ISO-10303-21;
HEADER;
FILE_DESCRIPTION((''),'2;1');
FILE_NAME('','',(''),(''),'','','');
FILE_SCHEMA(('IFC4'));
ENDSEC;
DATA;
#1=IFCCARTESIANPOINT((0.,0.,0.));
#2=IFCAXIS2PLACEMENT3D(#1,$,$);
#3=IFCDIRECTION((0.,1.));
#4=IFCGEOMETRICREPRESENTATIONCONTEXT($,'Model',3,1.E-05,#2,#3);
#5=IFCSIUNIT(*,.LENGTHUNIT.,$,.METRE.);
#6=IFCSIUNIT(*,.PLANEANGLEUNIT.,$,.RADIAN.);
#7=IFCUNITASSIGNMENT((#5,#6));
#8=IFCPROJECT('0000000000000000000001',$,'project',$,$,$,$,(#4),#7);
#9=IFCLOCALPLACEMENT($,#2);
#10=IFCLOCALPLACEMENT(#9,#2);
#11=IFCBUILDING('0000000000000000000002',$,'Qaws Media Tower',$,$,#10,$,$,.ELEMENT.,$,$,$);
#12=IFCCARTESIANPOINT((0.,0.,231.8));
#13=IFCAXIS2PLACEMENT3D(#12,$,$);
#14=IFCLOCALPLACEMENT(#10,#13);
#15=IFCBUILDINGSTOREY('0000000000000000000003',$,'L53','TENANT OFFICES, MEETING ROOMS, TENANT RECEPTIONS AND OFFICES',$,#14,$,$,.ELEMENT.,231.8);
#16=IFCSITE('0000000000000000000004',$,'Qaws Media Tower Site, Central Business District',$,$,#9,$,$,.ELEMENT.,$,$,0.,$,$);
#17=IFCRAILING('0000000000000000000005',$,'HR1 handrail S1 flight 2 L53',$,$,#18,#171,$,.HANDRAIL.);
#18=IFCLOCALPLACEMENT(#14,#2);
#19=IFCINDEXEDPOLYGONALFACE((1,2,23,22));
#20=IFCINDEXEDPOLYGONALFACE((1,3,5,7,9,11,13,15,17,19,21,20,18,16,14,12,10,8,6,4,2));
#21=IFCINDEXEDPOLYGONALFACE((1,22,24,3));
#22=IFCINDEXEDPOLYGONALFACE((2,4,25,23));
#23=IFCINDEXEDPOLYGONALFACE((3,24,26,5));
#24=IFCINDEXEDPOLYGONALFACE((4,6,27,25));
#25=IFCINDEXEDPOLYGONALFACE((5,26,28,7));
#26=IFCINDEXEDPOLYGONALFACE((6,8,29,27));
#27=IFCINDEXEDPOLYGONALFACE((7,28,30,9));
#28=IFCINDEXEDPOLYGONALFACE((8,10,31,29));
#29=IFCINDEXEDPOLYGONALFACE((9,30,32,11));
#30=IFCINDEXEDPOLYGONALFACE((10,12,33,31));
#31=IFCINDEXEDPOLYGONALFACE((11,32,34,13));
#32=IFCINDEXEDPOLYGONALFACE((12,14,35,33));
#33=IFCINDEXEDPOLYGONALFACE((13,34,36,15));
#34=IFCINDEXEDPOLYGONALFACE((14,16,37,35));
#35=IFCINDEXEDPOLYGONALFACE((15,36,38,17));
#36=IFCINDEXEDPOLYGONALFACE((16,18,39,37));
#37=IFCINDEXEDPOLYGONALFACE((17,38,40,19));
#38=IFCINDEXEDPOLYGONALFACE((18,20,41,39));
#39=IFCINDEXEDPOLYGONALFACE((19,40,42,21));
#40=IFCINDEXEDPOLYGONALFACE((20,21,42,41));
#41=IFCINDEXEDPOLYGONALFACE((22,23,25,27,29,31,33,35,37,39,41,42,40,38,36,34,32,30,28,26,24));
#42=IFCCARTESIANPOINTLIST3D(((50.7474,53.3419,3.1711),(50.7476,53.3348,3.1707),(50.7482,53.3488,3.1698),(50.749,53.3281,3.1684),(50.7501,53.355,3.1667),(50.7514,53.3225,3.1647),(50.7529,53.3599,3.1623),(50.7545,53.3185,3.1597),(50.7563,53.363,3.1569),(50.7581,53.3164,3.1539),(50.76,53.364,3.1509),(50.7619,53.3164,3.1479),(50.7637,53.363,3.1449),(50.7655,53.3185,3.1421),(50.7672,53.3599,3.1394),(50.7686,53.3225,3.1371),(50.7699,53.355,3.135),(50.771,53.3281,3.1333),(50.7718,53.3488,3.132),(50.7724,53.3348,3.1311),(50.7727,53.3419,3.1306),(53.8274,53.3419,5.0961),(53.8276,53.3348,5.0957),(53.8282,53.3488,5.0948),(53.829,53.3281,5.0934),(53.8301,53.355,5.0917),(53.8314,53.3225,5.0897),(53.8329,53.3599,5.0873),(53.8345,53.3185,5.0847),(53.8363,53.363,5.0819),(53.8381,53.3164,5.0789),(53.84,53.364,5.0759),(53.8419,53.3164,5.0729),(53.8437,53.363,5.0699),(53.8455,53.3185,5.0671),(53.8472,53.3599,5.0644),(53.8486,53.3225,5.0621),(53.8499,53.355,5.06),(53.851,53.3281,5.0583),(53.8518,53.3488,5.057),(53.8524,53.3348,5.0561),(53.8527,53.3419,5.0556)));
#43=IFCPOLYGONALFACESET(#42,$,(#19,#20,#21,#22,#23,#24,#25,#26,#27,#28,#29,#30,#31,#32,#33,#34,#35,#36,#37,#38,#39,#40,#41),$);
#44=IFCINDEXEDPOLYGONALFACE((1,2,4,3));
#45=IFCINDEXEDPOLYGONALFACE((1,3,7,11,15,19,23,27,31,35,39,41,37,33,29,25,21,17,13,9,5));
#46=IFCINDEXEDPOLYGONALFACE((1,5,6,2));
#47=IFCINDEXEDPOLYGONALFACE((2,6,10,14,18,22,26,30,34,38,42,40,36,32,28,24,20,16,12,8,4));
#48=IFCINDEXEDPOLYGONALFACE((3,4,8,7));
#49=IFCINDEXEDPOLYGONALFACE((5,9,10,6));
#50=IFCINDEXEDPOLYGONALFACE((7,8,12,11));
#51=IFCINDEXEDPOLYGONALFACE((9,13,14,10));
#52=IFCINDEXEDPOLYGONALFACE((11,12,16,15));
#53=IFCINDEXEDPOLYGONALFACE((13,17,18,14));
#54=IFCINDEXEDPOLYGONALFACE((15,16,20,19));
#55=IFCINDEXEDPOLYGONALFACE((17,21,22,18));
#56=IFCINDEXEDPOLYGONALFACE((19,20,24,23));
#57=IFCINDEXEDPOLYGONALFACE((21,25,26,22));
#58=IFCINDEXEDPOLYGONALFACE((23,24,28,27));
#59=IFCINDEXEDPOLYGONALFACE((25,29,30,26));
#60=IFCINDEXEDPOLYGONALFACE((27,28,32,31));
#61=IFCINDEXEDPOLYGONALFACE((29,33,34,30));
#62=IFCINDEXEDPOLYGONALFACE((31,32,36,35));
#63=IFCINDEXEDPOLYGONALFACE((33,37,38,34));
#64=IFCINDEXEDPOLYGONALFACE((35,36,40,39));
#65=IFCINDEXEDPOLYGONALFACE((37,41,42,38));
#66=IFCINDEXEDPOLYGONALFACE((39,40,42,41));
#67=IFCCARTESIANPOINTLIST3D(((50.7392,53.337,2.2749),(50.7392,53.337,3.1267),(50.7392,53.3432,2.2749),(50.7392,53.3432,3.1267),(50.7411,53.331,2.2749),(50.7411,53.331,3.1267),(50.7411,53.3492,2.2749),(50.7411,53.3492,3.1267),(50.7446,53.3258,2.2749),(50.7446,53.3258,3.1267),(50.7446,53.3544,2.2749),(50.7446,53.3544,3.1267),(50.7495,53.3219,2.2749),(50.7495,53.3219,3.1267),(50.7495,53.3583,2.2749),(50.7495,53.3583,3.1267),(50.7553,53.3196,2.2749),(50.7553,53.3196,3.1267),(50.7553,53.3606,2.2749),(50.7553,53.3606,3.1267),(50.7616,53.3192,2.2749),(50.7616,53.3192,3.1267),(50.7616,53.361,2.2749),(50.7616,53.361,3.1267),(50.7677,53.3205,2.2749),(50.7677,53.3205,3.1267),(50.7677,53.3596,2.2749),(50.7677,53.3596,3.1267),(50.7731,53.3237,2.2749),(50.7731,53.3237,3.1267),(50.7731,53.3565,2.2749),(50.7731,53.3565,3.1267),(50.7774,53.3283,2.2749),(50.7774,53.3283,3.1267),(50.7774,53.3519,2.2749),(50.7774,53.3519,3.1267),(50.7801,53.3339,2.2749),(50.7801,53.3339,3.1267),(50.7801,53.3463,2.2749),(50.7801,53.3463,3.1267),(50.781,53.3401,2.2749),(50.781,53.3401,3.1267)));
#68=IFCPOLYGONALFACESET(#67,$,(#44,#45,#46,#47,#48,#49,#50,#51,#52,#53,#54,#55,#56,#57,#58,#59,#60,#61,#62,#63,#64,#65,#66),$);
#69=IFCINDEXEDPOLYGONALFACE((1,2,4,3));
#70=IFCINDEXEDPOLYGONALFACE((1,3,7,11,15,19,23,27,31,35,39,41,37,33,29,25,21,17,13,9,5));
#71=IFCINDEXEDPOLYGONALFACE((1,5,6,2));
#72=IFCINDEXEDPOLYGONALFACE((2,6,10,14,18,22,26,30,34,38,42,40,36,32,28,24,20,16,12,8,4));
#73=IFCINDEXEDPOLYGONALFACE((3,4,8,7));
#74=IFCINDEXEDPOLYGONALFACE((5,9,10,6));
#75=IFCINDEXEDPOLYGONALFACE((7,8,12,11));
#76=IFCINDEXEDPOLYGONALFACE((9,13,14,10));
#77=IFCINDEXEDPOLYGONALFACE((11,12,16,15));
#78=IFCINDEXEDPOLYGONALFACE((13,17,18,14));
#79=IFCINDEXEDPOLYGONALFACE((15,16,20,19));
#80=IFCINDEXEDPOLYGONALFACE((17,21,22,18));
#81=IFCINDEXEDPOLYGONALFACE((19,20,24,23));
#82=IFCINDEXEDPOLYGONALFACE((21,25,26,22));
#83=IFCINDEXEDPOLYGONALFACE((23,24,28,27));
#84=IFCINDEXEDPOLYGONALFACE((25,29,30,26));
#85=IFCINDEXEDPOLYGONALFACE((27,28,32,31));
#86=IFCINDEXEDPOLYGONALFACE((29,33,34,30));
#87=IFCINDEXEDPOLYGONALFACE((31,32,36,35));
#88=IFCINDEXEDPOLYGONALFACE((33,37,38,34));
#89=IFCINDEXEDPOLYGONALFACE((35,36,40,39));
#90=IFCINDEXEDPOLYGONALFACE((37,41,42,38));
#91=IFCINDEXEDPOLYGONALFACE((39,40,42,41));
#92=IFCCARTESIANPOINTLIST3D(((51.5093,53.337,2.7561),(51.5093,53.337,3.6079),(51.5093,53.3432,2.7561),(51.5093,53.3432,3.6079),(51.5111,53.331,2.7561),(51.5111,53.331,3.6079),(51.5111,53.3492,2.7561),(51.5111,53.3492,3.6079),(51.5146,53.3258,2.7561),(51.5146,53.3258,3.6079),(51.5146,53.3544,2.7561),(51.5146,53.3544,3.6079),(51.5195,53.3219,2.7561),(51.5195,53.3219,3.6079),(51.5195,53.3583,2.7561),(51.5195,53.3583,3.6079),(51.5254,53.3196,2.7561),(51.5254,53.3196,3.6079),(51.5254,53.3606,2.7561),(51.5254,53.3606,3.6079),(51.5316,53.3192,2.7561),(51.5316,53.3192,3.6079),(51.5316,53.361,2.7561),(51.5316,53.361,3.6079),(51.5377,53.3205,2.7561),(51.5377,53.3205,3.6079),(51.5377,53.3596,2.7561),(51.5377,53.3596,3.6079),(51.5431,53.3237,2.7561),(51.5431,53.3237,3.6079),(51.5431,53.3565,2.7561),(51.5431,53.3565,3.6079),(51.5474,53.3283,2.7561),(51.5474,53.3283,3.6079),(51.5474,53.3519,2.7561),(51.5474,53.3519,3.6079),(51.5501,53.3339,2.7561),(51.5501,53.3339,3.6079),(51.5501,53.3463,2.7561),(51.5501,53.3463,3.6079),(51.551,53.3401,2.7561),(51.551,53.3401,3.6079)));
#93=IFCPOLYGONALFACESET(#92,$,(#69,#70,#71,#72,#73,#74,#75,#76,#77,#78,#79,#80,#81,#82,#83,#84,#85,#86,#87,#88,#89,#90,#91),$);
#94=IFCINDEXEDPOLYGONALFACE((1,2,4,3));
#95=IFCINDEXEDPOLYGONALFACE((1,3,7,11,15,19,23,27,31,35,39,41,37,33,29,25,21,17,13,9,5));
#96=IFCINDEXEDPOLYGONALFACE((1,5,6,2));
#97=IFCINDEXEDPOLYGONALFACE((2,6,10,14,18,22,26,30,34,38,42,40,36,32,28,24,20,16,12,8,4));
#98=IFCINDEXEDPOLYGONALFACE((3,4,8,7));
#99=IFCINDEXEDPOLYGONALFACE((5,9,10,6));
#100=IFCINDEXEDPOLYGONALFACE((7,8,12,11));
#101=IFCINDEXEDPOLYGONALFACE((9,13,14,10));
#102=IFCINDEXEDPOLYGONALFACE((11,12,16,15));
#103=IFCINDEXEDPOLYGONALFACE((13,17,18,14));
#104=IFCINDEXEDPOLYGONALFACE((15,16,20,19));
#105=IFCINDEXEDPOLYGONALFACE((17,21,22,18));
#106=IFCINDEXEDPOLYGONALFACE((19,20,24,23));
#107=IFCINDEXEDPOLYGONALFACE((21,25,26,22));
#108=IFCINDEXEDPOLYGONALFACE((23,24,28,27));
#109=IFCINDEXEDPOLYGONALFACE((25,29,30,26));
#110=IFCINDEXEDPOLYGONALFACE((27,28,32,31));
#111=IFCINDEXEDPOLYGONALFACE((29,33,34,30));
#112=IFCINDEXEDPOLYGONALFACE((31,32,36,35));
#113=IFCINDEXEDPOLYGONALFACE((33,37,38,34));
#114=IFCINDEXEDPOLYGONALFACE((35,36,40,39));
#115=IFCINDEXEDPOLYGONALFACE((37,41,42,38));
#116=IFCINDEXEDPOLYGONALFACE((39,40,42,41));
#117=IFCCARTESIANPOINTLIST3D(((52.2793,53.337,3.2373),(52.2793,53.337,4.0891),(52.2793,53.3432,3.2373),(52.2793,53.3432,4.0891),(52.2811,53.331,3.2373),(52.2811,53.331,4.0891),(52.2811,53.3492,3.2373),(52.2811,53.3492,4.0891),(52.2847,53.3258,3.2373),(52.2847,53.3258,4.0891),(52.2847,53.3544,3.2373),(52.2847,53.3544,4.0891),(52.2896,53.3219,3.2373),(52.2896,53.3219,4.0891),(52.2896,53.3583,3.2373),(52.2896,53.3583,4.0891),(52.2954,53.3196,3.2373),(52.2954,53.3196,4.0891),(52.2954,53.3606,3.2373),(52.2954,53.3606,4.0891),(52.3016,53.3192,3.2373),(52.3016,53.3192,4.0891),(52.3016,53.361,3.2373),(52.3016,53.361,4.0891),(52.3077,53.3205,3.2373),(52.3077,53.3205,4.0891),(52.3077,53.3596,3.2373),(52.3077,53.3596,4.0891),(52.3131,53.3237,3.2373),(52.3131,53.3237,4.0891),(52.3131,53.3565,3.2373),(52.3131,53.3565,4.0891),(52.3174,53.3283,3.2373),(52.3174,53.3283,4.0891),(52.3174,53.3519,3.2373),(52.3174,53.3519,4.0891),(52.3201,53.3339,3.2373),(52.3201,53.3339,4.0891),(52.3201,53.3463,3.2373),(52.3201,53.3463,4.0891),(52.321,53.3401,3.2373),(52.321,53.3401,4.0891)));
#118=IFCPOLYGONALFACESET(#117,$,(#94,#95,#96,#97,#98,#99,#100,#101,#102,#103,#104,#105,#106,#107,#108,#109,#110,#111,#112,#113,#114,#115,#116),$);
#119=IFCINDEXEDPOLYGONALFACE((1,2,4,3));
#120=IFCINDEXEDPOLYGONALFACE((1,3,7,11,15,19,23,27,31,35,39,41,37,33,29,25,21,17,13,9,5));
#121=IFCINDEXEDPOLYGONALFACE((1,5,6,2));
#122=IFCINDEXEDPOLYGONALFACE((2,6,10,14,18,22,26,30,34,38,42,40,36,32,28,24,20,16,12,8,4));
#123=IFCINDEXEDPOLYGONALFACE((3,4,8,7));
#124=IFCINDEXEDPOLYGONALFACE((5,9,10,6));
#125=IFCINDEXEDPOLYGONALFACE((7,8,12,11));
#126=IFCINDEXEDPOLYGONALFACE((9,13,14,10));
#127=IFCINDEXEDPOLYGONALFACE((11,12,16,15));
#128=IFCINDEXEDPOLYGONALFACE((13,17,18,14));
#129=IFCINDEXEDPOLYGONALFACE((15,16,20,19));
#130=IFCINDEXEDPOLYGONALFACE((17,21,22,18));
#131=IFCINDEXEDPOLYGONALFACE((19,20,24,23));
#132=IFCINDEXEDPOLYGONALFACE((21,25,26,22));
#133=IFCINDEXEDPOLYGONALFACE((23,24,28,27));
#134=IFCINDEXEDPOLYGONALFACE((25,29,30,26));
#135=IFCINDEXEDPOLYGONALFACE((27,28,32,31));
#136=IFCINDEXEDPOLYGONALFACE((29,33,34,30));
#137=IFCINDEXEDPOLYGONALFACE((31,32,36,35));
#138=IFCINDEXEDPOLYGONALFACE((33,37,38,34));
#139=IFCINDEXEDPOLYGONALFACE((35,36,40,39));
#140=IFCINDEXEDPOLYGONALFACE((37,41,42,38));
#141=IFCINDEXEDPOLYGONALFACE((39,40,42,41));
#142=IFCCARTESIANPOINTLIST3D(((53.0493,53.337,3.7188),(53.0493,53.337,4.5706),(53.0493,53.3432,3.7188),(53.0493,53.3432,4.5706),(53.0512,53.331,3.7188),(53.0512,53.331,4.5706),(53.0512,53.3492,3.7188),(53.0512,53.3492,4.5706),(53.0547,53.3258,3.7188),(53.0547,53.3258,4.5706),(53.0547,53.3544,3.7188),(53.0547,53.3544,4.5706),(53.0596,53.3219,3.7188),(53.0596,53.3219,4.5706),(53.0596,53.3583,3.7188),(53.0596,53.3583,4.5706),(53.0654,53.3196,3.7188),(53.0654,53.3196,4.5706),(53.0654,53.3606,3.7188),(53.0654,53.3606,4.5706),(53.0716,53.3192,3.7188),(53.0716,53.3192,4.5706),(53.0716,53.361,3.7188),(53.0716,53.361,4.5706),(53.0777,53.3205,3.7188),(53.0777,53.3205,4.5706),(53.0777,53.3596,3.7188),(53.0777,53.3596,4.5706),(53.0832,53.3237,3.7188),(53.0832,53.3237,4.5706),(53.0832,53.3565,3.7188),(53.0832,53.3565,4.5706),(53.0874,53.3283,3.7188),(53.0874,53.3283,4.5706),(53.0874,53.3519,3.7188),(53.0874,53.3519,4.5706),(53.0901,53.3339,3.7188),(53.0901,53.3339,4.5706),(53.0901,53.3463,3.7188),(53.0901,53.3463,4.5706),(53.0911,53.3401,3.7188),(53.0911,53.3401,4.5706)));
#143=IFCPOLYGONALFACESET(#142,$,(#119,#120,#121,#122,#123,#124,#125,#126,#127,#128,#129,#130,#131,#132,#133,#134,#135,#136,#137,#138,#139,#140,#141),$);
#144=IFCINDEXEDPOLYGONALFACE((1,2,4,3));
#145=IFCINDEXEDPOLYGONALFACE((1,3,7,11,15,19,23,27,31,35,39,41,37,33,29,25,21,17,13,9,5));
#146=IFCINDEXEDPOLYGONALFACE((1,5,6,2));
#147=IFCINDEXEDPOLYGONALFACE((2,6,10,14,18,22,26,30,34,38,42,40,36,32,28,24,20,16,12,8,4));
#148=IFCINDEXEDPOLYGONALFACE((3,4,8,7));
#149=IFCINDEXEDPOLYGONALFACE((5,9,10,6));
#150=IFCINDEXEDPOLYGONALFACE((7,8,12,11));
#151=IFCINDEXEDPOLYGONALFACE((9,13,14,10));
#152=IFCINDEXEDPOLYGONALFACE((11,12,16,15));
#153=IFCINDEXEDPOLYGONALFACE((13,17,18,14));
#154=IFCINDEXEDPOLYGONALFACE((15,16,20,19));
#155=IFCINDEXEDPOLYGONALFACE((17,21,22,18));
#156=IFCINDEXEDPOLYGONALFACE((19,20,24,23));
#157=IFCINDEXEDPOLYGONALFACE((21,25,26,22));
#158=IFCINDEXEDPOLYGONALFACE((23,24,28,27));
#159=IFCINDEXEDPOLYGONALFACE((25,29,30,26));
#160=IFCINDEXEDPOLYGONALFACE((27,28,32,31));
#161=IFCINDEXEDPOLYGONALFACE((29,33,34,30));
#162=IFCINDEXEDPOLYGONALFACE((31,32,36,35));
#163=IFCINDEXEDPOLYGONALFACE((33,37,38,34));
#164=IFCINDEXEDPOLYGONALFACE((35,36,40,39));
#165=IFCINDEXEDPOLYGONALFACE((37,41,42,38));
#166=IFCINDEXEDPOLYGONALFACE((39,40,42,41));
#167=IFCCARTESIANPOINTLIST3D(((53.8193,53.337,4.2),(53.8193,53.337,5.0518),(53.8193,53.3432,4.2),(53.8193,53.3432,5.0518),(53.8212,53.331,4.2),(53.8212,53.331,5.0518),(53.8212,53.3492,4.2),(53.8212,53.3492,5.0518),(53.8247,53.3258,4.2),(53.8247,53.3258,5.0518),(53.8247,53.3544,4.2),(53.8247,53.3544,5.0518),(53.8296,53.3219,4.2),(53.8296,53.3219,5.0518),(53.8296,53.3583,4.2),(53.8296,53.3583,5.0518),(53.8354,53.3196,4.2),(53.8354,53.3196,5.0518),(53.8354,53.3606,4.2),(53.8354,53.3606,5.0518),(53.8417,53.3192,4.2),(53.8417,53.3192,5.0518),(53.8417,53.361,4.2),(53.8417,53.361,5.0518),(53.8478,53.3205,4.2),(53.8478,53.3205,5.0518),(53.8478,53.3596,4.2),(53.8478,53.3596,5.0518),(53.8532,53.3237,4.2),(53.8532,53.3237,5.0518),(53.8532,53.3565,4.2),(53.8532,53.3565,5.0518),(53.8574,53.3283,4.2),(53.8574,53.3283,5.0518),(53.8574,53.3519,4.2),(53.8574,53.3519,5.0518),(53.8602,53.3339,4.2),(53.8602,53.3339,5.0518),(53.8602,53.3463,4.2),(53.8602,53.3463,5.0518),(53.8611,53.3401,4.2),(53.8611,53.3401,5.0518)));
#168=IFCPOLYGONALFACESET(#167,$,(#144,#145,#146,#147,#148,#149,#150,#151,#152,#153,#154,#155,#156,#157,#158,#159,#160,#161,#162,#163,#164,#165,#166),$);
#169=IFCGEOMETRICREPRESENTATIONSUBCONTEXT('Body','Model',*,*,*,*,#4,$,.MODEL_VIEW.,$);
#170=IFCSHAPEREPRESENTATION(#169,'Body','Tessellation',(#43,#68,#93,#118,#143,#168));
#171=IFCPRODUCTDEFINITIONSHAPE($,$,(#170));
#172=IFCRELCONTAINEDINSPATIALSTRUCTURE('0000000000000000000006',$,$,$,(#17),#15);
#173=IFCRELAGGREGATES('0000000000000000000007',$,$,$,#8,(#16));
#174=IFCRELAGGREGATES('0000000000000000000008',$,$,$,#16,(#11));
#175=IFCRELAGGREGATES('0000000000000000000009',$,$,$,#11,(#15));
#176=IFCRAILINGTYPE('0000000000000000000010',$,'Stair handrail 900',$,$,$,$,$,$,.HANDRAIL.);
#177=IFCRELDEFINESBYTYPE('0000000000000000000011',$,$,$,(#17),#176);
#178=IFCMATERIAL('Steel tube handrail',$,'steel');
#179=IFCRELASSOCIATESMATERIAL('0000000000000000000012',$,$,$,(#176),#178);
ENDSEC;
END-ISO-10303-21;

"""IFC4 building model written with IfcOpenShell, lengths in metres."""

from ifc_helpers import new_model, si_unit, direction, frame, origin, origin_2d, place, context, subcontext, project, spatial, circle, extrude, material, type_object, element, save


model = new_model("IFC4")

# Units and contexts
model_context = context("Model", 3, precision=1e-05, world=origin(), true_north=direction((0.0, 1.0)))
body_context = subcontext(model_context, "Body", "Model", "MODEL_VIEW")
ifc_project = project(units=[si_unit("LENGTHUNIT", "METRE"), si_unit("PLANEANGLEUNIT", "RADIAN")], contexts=[model_context])

# Site, building, storey
site_placement = place(None, origin())
site = spatial("IfcSite", under=ifc_project, at=site_placement, Name="Qaws Media Tower Site, Central Business District", CompositionType="ELEMENT", RefElevation=0.0)
building_placement = place(site_placement, origin())
building = spatial("IfcBuilding", under=site, at=building_placement, Name="Qaws Media Tower", CompositionType="ELEMENT")
storey_placement = place(building_placement, frame((0.0, 0.0, 231.8)))
storey = spatial("IfcBuildingStorey", under=building, at=storey_placement, Name="L53", Description="TENANT OFFICES, MEETING ROOMS, TENANT RECEPTIONS AND OFFICES", CompositionType="ELEMENT", Elevation=231.8)

# Railing
ifc_material_1 = material(Name="Steel tube handrail", Category="steel")
railing_type = type_object("IfcRailingType", Name="Stair handrail 900", PredefinedType="HANDRAIL", material=ifc_material_1)
for number, where, name in (
    (1, (50.76, 53.3401, 2.2749), "HR1 handrail S1 flight 2 L53"),
):
    element("IfcRailing", number, at=place(storey_placement, frame(where)), inside=storey, type_object=railing_type, Name=name, PredefinedType="HANDRAIL", context=body_context, shape_type="SweptSolid", body=[
        extrude(circle(Radius=0.0239, at=origin_2d()), frame((0.0, 0.0, 0.876), z_axis=(0.847998, 0.0, 0.529999), x_axis=(0.0, 1.0, 0.0)), (0.0, 0.0, 1.0), 3.6321),
        extrude(circle(Radius=0.021, at=origin_2d()), origin(), (0.0, 0.0, 1.0), 0.8518),
        extrude(circle(Radius=0.021, at=origin_2d()), frame((0.77, 0.0, 0.4812)), (0.0, 0.0, 1.0), 0.8518),
        extrude(circle(Radius=0.021, at=origin_2d()), frame((1.54, 0.0, 0.9624)), (0.0, 0.0, 1.0), 0.8518),
        extrude(circle(Radius=0.021, at=origin_2d()), frame((2.3101, 0.0, 1.4438)), (0.0, 0.0, 1.0), 0.8518),
        extrude(circle(Radius=0.021, at=origin_2d()), frame((3.0801, 0.0, 1.925)), (0.0, 0.0, 1.0), 0.8518),
    ])

save(model, "model.ifc")
